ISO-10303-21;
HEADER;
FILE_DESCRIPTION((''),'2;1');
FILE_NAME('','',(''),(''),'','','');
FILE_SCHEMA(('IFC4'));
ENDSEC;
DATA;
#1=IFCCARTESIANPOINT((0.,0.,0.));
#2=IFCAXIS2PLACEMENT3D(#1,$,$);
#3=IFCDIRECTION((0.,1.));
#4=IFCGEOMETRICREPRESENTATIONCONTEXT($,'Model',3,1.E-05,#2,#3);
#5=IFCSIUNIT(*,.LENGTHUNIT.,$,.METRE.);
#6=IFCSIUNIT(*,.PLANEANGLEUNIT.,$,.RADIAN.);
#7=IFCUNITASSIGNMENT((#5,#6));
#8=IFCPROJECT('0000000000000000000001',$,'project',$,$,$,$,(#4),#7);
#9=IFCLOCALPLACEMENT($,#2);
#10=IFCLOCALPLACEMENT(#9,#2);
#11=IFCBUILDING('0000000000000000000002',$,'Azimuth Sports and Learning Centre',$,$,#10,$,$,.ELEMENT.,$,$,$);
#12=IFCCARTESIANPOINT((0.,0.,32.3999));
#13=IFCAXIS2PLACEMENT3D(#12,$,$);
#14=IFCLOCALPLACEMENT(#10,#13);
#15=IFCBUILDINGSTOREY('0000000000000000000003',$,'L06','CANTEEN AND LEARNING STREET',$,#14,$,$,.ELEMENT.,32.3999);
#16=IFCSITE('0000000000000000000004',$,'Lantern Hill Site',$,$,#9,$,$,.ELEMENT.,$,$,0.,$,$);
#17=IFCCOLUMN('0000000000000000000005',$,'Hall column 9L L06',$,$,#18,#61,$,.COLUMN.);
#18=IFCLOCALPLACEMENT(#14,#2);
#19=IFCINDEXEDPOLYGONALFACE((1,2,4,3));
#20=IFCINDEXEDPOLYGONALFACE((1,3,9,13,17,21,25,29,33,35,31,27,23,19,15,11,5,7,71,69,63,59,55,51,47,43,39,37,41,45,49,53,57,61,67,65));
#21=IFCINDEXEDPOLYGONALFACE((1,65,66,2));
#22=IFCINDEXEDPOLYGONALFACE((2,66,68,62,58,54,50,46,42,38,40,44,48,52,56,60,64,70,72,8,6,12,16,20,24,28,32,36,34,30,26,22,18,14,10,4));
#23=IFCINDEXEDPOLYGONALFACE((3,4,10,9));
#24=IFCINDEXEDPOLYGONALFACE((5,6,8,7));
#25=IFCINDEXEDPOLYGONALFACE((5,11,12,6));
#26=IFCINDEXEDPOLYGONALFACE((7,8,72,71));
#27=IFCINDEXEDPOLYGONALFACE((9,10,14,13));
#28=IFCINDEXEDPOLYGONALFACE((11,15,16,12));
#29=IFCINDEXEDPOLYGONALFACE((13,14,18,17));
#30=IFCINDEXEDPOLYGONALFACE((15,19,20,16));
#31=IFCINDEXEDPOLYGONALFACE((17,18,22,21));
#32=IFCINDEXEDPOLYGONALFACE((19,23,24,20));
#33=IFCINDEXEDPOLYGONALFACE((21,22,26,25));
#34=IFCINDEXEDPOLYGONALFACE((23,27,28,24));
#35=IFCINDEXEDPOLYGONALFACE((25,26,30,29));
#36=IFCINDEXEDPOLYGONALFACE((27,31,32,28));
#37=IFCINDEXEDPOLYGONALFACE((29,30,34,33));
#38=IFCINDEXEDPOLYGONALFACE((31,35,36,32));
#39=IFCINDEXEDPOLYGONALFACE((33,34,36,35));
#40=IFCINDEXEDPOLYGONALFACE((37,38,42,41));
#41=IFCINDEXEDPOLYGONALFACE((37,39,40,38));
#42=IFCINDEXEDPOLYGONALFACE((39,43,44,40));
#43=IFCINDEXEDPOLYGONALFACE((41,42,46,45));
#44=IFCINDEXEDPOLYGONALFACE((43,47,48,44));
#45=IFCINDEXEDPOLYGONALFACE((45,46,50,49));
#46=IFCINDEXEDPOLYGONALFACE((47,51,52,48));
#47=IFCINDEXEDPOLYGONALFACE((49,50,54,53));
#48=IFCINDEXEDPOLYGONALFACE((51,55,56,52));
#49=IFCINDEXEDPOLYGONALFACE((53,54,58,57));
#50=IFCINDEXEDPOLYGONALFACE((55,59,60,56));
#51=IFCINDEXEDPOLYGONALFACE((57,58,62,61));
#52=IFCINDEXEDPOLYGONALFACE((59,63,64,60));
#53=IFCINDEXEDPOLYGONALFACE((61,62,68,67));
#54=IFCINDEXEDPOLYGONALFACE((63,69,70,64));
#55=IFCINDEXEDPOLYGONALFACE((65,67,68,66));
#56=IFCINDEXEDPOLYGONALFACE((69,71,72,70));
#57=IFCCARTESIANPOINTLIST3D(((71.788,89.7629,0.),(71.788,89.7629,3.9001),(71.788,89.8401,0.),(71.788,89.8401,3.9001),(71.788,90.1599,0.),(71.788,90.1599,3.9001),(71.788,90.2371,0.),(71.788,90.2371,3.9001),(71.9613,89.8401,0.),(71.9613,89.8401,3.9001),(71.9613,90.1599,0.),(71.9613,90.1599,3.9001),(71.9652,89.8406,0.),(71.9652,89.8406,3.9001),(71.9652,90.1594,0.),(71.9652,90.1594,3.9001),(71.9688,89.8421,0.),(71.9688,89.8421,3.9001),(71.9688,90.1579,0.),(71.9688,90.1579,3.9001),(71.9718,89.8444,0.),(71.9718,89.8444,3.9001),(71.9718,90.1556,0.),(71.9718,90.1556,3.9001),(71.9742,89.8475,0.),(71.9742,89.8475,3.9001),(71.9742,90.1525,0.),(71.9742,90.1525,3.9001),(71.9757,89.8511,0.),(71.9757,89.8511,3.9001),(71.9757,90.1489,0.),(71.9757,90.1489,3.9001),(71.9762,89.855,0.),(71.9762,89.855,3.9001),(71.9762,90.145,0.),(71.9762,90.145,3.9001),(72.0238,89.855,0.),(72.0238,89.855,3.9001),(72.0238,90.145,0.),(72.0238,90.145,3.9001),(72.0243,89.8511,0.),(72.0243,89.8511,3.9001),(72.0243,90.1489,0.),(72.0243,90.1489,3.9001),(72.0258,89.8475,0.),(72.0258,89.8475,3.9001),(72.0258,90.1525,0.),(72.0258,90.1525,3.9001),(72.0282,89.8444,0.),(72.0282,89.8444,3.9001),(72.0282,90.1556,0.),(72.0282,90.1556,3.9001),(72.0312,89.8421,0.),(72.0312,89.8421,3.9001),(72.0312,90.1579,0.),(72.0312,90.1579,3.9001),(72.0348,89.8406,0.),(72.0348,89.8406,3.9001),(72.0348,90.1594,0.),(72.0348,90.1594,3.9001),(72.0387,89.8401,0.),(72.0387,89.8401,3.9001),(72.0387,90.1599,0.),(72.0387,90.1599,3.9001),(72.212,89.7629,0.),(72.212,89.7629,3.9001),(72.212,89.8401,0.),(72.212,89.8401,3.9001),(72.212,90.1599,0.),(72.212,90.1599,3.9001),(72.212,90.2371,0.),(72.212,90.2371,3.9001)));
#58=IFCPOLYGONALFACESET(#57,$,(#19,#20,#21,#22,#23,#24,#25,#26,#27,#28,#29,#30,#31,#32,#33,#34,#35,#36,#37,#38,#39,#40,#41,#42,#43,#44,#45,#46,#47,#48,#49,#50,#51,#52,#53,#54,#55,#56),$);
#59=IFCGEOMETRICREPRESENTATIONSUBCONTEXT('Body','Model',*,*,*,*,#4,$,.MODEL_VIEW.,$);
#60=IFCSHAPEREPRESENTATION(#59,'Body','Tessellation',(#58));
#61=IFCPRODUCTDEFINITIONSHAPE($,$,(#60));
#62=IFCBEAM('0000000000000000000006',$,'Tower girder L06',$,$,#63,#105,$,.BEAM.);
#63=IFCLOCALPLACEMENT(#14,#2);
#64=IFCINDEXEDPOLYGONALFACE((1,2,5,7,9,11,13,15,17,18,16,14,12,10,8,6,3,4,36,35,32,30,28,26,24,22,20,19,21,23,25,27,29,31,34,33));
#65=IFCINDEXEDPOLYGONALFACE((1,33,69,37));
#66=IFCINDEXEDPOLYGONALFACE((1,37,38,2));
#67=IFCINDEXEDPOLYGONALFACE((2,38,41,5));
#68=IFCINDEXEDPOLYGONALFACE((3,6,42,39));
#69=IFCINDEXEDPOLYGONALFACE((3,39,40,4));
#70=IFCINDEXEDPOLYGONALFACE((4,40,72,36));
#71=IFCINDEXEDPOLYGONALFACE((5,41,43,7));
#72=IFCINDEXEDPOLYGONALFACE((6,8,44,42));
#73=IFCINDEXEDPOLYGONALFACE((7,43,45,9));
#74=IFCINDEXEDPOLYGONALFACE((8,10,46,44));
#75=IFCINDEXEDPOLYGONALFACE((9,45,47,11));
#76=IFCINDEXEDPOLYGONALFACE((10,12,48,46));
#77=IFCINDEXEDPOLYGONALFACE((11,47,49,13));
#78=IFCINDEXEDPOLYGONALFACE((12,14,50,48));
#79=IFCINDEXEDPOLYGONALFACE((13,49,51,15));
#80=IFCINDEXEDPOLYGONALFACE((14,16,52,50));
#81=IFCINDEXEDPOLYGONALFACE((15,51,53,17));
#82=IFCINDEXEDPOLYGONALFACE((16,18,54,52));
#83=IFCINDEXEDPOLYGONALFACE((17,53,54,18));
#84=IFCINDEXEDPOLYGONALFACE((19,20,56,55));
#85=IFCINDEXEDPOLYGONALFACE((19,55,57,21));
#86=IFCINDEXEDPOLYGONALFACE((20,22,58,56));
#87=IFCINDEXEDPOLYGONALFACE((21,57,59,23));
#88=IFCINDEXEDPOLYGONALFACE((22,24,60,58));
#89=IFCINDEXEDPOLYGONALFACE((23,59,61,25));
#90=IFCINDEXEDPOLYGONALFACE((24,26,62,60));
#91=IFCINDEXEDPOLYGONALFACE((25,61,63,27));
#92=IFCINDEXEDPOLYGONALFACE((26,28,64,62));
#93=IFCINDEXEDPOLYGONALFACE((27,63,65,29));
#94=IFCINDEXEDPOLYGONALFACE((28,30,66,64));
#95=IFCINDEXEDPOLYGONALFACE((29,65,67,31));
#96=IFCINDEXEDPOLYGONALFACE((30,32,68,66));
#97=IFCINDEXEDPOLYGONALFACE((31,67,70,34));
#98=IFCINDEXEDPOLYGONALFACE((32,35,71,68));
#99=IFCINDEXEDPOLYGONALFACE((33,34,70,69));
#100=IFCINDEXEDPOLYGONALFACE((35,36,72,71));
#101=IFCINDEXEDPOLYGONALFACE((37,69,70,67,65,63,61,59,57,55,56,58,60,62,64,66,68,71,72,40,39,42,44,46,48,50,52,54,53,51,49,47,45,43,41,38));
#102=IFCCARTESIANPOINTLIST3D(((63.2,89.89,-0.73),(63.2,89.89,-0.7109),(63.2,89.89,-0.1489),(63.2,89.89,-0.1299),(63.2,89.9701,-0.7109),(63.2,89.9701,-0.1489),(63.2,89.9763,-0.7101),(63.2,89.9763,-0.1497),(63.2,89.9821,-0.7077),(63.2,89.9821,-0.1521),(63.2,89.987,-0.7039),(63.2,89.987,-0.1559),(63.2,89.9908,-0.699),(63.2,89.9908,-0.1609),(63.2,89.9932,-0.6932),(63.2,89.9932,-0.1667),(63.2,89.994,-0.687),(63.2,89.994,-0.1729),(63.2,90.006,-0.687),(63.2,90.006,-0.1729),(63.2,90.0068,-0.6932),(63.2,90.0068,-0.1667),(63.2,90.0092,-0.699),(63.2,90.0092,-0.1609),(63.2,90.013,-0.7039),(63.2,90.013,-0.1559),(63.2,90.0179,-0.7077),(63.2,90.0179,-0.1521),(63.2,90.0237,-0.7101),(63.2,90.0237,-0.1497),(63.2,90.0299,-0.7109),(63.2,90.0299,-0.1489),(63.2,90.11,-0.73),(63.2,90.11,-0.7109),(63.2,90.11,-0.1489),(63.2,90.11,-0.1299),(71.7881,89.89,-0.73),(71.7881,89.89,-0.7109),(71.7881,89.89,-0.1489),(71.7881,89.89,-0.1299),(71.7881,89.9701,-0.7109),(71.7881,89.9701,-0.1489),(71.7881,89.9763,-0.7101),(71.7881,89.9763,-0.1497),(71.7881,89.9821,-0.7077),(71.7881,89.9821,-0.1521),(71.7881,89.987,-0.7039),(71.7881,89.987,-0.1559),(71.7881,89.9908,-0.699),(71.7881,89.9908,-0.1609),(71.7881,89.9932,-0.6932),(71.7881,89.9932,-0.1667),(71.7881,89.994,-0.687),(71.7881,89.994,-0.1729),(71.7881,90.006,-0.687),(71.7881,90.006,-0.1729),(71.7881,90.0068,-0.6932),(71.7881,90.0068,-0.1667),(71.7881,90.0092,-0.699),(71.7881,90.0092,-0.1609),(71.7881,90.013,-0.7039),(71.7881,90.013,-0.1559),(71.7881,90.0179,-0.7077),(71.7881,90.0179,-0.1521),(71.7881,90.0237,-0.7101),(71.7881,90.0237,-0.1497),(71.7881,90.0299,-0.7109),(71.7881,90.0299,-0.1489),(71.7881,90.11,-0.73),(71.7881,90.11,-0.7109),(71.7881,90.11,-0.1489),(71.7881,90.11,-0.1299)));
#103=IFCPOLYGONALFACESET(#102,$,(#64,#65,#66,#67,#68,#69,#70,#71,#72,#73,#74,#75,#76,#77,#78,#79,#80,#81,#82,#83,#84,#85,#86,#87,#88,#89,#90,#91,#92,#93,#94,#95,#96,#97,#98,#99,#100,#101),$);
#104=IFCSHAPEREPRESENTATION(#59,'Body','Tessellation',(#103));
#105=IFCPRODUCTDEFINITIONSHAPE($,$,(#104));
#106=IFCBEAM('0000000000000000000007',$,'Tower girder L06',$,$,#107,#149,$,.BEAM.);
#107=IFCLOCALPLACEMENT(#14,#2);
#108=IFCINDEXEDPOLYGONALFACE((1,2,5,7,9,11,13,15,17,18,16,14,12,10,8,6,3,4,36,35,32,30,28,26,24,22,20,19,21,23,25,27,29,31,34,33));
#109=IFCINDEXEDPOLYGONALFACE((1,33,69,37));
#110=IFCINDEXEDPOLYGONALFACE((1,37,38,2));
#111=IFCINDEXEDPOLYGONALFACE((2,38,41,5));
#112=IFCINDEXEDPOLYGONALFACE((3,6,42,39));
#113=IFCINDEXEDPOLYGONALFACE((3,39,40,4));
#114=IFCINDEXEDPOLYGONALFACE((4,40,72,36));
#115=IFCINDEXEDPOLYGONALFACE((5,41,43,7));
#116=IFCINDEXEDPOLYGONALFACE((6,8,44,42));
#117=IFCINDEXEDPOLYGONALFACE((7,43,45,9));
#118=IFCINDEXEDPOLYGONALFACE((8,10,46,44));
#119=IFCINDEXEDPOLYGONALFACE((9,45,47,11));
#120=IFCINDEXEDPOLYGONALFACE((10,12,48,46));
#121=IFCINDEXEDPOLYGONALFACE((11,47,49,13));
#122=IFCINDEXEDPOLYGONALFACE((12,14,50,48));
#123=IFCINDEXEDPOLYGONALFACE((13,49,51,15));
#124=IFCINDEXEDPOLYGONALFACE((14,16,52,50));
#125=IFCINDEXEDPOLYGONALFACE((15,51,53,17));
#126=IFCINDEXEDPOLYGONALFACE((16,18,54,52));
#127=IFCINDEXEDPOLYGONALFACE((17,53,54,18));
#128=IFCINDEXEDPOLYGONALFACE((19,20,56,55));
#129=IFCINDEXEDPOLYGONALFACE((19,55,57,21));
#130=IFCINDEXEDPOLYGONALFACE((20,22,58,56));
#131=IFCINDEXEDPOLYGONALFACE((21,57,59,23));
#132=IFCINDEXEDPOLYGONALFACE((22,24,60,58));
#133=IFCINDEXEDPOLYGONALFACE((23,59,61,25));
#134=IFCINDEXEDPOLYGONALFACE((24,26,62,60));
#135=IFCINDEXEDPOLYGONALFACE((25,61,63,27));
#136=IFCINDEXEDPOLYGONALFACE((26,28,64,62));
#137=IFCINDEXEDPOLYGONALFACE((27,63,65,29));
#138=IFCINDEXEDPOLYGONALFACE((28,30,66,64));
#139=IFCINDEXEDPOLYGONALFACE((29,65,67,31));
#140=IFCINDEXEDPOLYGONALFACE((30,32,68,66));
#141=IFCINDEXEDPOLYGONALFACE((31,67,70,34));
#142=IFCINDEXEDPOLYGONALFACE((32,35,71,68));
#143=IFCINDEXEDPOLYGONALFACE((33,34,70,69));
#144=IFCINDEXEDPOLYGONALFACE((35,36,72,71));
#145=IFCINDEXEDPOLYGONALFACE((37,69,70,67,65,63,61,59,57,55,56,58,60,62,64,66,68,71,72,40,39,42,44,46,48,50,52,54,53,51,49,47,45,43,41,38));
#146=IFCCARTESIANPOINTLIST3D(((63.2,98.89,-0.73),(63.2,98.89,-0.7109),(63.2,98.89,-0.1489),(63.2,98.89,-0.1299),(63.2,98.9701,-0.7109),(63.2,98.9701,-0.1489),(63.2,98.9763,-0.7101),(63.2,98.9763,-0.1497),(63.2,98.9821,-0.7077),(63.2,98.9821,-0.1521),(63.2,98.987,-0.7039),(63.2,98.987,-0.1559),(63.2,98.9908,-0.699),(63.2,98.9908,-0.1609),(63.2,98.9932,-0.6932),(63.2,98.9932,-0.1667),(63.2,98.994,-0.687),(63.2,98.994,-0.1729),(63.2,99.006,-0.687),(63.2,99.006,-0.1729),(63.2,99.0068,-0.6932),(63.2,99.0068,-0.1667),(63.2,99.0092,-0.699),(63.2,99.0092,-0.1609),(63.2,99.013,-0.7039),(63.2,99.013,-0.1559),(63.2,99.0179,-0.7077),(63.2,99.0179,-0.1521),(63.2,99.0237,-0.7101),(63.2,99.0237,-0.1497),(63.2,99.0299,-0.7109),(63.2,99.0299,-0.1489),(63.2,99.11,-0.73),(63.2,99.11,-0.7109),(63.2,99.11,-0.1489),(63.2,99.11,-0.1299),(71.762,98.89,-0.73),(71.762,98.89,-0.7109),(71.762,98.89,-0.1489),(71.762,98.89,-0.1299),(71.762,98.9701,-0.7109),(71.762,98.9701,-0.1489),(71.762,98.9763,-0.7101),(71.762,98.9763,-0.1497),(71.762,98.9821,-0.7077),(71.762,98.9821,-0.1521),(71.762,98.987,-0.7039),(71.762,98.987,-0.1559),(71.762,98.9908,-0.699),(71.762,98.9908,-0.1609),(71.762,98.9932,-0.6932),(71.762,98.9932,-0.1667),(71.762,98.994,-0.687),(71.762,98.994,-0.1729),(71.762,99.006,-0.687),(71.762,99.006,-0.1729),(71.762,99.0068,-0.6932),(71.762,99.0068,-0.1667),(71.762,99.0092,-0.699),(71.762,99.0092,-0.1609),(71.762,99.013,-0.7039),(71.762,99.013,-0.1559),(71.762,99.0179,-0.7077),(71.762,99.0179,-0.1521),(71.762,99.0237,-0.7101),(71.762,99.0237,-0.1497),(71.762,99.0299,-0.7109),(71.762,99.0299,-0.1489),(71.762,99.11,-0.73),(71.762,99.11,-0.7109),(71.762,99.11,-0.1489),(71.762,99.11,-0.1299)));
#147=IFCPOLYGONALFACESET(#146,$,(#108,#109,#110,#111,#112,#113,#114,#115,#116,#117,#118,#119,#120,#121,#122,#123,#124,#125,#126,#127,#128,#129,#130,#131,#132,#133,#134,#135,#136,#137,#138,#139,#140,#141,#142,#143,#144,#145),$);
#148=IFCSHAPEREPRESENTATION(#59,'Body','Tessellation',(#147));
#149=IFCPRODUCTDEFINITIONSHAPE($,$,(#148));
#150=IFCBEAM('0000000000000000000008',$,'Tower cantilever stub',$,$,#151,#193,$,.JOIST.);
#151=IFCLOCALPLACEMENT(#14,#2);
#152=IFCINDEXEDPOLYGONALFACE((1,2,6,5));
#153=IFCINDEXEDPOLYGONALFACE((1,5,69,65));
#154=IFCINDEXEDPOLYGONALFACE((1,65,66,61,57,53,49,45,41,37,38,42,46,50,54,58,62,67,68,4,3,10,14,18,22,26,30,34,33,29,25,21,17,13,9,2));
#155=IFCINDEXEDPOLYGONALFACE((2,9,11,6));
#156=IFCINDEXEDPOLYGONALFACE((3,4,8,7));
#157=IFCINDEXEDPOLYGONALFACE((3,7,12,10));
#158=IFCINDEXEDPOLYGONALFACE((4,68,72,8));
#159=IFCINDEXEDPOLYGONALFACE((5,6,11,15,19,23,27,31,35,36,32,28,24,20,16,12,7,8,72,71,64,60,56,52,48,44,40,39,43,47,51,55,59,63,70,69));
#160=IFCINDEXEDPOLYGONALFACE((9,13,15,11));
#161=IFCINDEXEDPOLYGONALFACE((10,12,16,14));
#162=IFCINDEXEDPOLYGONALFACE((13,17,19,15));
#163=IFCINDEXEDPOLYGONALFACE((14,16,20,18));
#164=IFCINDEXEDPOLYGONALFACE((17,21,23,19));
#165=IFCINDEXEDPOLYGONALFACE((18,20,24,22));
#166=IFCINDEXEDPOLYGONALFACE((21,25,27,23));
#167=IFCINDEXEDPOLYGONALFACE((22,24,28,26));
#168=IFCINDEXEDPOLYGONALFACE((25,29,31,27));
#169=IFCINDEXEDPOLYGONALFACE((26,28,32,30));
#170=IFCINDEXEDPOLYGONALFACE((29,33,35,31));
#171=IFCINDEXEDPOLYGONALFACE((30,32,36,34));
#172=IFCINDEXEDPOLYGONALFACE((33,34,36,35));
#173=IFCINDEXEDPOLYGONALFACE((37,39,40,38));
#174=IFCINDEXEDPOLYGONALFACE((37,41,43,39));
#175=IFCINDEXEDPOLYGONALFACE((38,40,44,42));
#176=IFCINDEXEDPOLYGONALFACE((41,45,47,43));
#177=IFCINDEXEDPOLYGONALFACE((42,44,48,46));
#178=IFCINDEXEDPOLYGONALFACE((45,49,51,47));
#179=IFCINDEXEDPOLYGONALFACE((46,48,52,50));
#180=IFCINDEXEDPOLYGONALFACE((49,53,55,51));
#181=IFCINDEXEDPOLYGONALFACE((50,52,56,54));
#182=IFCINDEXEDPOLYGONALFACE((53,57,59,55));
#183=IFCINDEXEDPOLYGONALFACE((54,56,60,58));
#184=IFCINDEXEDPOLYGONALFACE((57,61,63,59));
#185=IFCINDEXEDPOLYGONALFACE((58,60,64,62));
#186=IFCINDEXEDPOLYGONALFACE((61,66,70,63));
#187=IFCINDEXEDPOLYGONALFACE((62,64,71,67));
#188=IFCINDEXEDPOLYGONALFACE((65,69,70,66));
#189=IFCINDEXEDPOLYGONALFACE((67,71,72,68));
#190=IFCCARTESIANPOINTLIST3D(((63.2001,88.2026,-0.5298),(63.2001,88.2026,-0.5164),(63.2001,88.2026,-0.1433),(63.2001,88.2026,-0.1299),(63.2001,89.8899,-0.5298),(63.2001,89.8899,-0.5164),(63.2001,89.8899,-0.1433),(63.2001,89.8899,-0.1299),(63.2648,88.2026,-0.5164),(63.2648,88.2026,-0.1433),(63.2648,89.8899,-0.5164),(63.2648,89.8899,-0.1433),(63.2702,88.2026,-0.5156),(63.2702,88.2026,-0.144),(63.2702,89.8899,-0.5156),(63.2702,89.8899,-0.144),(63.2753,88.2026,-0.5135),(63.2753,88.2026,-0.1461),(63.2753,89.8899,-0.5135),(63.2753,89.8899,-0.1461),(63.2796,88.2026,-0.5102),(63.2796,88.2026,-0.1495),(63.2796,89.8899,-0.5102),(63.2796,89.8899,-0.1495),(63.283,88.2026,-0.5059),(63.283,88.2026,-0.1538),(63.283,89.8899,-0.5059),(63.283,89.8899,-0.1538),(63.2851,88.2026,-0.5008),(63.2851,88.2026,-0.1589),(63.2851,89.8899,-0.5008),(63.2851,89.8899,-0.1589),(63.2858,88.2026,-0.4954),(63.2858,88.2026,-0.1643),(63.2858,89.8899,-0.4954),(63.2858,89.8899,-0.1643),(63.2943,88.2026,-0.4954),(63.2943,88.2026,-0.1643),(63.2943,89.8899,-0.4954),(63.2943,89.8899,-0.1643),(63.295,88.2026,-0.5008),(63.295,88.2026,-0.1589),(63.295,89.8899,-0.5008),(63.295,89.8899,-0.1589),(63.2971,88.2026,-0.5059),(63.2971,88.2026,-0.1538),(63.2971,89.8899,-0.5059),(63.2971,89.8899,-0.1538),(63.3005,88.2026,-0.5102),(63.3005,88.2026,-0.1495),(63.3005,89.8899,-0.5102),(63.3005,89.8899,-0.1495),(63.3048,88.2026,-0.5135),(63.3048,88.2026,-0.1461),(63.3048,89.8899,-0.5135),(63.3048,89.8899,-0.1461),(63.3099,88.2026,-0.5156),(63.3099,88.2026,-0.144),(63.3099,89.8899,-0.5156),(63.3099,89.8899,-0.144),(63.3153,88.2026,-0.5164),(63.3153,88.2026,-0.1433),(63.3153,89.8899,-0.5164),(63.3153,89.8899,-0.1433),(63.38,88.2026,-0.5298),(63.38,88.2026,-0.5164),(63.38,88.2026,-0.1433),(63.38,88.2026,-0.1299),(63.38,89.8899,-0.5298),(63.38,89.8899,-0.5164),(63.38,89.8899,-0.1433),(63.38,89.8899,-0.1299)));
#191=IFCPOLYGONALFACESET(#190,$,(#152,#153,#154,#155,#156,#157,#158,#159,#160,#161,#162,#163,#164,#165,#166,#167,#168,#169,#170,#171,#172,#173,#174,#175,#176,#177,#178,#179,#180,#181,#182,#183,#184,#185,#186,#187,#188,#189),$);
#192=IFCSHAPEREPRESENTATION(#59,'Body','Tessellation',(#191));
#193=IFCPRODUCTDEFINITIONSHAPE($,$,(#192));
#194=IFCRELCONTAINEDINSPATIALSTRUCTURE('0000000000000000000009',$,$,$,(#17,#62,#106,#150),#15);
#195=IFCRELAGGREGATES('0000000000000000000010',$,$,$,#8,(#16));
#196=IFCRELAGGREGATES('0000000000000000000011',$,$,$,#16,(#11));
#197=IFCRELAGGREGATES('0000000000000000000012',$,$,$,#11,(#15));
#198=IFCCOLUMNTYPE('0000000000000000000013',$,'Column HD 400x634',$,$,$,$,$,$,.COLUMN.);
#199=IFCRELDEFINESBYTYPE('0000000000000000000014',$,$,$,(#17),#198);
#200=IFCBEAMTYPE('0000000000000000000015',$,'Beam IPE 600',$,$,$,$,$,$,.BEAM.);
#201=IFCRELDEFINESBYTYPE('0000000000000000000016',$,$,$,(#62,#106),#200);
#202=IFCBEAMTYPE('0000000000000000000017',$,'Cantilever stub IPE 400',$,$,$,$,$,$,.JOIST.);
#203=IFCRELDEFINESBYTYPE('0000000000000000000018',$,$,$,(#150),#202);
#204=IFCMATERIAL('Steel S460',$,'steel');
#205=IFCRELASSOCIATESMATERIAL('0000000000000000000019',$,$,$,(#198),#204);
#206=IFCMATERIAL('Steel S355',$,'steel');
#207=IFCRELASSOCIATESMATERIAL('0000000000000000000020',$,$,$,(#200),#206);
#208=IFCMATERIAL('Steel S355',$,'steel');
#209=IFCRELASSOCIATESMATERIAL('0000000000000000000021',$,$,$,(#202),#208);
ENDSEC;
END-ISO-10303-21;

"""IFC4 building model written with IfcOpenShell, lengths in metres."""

from ifc_helpers import new_model, si_unit, direction, frame, origin, origin_2d, place, context, subcontext, project, spatial, i_section, extrude, material, material_profile, profile_set, type_object, element, save


model = new_model("IFC4")

# Units and contexts
model_context = context("Model", 3, precision=1e-05, world=origin(), true_north=direction((0.0, 1.0)))
body_context = subcontext(model_context, "Body", "Model", "MODEL_VIEW")
ifc_project = project(units=[si_unit("LENGTHUNIT", "METRE"), si_unit("PLANEANGLEUNIT", "RADIAN")], contexts=[model_context])

# Site, building, storey
site_placement = place(None, origin())
site = spatial("IfcSite", under=ifc_project, at=site_placement, Name="Lantern Hill Site", CompositionType="ELEMENT", RefElevation=0.0)
building_placement = place(site_placement, origin())
building = spatial("IfcBuilding", under=site, at=building_placement, Name="Azimuth Sports and Learning Centre", CompositionType="ELEMENT")
storey_placement = place(building_placement, frame((0.0, 0.0, 32.3999)))
storey = spatial("IfcBuildingStorey", under=building, at=storey_placement, Name="L06", Description="CANTEEN AND LEARNING STREET", CompositionType="ELEMENT", Elevation=32.3999)

# Column
ifc_material_1 = material(Name="Steel S460", Category="steel")
ifc_material_profile_1 = material_profile(ifc_material_1, i_section(OverallWidth=0.4241, OverallDepth=0.4741, WebThickness=0.0476, FlangeThickness=0.0771, FilletRadius=0.0149, at=origin_2d()), Name="HD 400x634")
ifc_profile_set_1 = profile_set([ifc_material_profile_1], Name="Steel S460")
column_type = type_object("IfcColumnType", Name="Column HD 400x634", PredefinedType="COLUMN", material=ifc_profile_set_1)
column_placement = place(storey_placement, frame((72.0, 90.0, 0.0), z_axis=(0.0, 0.0, 1.0), x_axis=(1.0, 0.0, 0.0)))
element("IfcColumn", 1, at=column_placement, inside=storey, type_object=column_type, Name="Hall column 9L L06", PredefinedType="COLUMN", context=body_context, shape_type="SweptSolid", body=[
    extrude(i_section(OverallWidth=0.4241, OverallDepth=0.4741, WebThickness=0.0476, FlangeThickness=0.0771, FilletRadius=0.0149, at=origin_2d()), origin(), (0.0, 0.0, 1.0), 3.9001),
])

# Beams
ifc_material_2 = material(Name="Steel S355", Category="steel")
ifc_material_profile_2 = material_profile(ifc_material_2, i_section(OverallWidth=0.22, OverallDepth=0.6001, WebThickness=0.012, FlangeThickness=0.019, FilletRadius=0.0239, at=origin_2d()), Name="IPE 600")
ifc_profile_set_2 = profile_set([ifc_material_profile_2], Name="Steel S355")
beam_type_1 = type_object("IfcBeamType", Name="Beam IPE 600", PredefinedType="BEAM", material=ifc_profile_set_2)
beam_1_placement = place(storey_placement, frame((63.2, 90.0, -0.4299), z_axis=(1.0, 0.0, 0.0), x_axis=(0.0, 1.0, 0.0)))
element("IfcBeam", 2, at=beam_1_placement, inside=storey, type_object=beam_type_1, Name="Tower girder L06", PredefinedType="BEAM", context=body_context, shape_type="SweptSolid", body=[
    extrude(i_section(OverallWidth=0.22, OverallDepth=0.6001, WebThickness=0.012, FlangeThickness=0.019, FilletRadius=0.0239, at=origin_2d()), origin(), (0.0, 0.0, 1.0), 8.5881),
])
beam_2_placement = place(storey_placement, frame((63.2, 99.0, -0.4299), z_axis=(1.0, 0.0, 0.0), x_axis=(0.0, 1.0, 0.0)))
element("IfcBeam", 3, at=beam_2_placement, inside=storey, type_object=beam_type_1, Name="Tower girder L06", PredefinedType="BEAM", context=body_context, shape_type="SweptSolid", body=[
    extrude(i_section(OverallWidth=0.22, OverallDepth=0.6001, WebThickness=0.012, FlangeThickness=0.019, FilletRadius=0.0239, at=origin_2d()), origin(), (0.0, 0.0, 1.0), 8.562),
])
ifc_material_3 = material(Name="Steel S355", Category="steel")
ifc_material_profile_3 = material_profile(ifc_material_3, i_section(OverallWidth=0.1799, OverallDepth=0.3999, WebThickness=0.0085, FlangeThickness=0.0134, FilletRadius=0.021, at=origin_2d()), Name="IPE 400")
ifc_profile_set_3 = profile_set([ifc_material_profile_3], Name="Steel S355")
beam_type_2 = type_object("IfcBeamType", Name="Cantilever stub IPE 400", PredefinedType="JOIST", material=ifc_profile_set_3)
beam_3_placement = place(storey_placement, frame((63.29, 89.8899, -0.3298), z_axis=(0.0, -1.0, 0.0), x_axis=(1.0, 0.0, 0.0)))
element("IfcBeam", 4, at=beam_3_placement, inside=storey, type_object=beam_type_2, Name="Tower cantilever stub", PredefinedType="JOIST", context=body_context, shape_type="SweptSolid", body=[
    extrude(i_section(OverallWidth=0.1799, OverallDepth=0.3999, WebThickness=0.0085, FlangeThickness=0.0134, FilletRadius=0.021, at=origin_2d()), origin(), (0.0, 0.0, 1.0), 1.6873),
])

save(model, "model.ifc")
